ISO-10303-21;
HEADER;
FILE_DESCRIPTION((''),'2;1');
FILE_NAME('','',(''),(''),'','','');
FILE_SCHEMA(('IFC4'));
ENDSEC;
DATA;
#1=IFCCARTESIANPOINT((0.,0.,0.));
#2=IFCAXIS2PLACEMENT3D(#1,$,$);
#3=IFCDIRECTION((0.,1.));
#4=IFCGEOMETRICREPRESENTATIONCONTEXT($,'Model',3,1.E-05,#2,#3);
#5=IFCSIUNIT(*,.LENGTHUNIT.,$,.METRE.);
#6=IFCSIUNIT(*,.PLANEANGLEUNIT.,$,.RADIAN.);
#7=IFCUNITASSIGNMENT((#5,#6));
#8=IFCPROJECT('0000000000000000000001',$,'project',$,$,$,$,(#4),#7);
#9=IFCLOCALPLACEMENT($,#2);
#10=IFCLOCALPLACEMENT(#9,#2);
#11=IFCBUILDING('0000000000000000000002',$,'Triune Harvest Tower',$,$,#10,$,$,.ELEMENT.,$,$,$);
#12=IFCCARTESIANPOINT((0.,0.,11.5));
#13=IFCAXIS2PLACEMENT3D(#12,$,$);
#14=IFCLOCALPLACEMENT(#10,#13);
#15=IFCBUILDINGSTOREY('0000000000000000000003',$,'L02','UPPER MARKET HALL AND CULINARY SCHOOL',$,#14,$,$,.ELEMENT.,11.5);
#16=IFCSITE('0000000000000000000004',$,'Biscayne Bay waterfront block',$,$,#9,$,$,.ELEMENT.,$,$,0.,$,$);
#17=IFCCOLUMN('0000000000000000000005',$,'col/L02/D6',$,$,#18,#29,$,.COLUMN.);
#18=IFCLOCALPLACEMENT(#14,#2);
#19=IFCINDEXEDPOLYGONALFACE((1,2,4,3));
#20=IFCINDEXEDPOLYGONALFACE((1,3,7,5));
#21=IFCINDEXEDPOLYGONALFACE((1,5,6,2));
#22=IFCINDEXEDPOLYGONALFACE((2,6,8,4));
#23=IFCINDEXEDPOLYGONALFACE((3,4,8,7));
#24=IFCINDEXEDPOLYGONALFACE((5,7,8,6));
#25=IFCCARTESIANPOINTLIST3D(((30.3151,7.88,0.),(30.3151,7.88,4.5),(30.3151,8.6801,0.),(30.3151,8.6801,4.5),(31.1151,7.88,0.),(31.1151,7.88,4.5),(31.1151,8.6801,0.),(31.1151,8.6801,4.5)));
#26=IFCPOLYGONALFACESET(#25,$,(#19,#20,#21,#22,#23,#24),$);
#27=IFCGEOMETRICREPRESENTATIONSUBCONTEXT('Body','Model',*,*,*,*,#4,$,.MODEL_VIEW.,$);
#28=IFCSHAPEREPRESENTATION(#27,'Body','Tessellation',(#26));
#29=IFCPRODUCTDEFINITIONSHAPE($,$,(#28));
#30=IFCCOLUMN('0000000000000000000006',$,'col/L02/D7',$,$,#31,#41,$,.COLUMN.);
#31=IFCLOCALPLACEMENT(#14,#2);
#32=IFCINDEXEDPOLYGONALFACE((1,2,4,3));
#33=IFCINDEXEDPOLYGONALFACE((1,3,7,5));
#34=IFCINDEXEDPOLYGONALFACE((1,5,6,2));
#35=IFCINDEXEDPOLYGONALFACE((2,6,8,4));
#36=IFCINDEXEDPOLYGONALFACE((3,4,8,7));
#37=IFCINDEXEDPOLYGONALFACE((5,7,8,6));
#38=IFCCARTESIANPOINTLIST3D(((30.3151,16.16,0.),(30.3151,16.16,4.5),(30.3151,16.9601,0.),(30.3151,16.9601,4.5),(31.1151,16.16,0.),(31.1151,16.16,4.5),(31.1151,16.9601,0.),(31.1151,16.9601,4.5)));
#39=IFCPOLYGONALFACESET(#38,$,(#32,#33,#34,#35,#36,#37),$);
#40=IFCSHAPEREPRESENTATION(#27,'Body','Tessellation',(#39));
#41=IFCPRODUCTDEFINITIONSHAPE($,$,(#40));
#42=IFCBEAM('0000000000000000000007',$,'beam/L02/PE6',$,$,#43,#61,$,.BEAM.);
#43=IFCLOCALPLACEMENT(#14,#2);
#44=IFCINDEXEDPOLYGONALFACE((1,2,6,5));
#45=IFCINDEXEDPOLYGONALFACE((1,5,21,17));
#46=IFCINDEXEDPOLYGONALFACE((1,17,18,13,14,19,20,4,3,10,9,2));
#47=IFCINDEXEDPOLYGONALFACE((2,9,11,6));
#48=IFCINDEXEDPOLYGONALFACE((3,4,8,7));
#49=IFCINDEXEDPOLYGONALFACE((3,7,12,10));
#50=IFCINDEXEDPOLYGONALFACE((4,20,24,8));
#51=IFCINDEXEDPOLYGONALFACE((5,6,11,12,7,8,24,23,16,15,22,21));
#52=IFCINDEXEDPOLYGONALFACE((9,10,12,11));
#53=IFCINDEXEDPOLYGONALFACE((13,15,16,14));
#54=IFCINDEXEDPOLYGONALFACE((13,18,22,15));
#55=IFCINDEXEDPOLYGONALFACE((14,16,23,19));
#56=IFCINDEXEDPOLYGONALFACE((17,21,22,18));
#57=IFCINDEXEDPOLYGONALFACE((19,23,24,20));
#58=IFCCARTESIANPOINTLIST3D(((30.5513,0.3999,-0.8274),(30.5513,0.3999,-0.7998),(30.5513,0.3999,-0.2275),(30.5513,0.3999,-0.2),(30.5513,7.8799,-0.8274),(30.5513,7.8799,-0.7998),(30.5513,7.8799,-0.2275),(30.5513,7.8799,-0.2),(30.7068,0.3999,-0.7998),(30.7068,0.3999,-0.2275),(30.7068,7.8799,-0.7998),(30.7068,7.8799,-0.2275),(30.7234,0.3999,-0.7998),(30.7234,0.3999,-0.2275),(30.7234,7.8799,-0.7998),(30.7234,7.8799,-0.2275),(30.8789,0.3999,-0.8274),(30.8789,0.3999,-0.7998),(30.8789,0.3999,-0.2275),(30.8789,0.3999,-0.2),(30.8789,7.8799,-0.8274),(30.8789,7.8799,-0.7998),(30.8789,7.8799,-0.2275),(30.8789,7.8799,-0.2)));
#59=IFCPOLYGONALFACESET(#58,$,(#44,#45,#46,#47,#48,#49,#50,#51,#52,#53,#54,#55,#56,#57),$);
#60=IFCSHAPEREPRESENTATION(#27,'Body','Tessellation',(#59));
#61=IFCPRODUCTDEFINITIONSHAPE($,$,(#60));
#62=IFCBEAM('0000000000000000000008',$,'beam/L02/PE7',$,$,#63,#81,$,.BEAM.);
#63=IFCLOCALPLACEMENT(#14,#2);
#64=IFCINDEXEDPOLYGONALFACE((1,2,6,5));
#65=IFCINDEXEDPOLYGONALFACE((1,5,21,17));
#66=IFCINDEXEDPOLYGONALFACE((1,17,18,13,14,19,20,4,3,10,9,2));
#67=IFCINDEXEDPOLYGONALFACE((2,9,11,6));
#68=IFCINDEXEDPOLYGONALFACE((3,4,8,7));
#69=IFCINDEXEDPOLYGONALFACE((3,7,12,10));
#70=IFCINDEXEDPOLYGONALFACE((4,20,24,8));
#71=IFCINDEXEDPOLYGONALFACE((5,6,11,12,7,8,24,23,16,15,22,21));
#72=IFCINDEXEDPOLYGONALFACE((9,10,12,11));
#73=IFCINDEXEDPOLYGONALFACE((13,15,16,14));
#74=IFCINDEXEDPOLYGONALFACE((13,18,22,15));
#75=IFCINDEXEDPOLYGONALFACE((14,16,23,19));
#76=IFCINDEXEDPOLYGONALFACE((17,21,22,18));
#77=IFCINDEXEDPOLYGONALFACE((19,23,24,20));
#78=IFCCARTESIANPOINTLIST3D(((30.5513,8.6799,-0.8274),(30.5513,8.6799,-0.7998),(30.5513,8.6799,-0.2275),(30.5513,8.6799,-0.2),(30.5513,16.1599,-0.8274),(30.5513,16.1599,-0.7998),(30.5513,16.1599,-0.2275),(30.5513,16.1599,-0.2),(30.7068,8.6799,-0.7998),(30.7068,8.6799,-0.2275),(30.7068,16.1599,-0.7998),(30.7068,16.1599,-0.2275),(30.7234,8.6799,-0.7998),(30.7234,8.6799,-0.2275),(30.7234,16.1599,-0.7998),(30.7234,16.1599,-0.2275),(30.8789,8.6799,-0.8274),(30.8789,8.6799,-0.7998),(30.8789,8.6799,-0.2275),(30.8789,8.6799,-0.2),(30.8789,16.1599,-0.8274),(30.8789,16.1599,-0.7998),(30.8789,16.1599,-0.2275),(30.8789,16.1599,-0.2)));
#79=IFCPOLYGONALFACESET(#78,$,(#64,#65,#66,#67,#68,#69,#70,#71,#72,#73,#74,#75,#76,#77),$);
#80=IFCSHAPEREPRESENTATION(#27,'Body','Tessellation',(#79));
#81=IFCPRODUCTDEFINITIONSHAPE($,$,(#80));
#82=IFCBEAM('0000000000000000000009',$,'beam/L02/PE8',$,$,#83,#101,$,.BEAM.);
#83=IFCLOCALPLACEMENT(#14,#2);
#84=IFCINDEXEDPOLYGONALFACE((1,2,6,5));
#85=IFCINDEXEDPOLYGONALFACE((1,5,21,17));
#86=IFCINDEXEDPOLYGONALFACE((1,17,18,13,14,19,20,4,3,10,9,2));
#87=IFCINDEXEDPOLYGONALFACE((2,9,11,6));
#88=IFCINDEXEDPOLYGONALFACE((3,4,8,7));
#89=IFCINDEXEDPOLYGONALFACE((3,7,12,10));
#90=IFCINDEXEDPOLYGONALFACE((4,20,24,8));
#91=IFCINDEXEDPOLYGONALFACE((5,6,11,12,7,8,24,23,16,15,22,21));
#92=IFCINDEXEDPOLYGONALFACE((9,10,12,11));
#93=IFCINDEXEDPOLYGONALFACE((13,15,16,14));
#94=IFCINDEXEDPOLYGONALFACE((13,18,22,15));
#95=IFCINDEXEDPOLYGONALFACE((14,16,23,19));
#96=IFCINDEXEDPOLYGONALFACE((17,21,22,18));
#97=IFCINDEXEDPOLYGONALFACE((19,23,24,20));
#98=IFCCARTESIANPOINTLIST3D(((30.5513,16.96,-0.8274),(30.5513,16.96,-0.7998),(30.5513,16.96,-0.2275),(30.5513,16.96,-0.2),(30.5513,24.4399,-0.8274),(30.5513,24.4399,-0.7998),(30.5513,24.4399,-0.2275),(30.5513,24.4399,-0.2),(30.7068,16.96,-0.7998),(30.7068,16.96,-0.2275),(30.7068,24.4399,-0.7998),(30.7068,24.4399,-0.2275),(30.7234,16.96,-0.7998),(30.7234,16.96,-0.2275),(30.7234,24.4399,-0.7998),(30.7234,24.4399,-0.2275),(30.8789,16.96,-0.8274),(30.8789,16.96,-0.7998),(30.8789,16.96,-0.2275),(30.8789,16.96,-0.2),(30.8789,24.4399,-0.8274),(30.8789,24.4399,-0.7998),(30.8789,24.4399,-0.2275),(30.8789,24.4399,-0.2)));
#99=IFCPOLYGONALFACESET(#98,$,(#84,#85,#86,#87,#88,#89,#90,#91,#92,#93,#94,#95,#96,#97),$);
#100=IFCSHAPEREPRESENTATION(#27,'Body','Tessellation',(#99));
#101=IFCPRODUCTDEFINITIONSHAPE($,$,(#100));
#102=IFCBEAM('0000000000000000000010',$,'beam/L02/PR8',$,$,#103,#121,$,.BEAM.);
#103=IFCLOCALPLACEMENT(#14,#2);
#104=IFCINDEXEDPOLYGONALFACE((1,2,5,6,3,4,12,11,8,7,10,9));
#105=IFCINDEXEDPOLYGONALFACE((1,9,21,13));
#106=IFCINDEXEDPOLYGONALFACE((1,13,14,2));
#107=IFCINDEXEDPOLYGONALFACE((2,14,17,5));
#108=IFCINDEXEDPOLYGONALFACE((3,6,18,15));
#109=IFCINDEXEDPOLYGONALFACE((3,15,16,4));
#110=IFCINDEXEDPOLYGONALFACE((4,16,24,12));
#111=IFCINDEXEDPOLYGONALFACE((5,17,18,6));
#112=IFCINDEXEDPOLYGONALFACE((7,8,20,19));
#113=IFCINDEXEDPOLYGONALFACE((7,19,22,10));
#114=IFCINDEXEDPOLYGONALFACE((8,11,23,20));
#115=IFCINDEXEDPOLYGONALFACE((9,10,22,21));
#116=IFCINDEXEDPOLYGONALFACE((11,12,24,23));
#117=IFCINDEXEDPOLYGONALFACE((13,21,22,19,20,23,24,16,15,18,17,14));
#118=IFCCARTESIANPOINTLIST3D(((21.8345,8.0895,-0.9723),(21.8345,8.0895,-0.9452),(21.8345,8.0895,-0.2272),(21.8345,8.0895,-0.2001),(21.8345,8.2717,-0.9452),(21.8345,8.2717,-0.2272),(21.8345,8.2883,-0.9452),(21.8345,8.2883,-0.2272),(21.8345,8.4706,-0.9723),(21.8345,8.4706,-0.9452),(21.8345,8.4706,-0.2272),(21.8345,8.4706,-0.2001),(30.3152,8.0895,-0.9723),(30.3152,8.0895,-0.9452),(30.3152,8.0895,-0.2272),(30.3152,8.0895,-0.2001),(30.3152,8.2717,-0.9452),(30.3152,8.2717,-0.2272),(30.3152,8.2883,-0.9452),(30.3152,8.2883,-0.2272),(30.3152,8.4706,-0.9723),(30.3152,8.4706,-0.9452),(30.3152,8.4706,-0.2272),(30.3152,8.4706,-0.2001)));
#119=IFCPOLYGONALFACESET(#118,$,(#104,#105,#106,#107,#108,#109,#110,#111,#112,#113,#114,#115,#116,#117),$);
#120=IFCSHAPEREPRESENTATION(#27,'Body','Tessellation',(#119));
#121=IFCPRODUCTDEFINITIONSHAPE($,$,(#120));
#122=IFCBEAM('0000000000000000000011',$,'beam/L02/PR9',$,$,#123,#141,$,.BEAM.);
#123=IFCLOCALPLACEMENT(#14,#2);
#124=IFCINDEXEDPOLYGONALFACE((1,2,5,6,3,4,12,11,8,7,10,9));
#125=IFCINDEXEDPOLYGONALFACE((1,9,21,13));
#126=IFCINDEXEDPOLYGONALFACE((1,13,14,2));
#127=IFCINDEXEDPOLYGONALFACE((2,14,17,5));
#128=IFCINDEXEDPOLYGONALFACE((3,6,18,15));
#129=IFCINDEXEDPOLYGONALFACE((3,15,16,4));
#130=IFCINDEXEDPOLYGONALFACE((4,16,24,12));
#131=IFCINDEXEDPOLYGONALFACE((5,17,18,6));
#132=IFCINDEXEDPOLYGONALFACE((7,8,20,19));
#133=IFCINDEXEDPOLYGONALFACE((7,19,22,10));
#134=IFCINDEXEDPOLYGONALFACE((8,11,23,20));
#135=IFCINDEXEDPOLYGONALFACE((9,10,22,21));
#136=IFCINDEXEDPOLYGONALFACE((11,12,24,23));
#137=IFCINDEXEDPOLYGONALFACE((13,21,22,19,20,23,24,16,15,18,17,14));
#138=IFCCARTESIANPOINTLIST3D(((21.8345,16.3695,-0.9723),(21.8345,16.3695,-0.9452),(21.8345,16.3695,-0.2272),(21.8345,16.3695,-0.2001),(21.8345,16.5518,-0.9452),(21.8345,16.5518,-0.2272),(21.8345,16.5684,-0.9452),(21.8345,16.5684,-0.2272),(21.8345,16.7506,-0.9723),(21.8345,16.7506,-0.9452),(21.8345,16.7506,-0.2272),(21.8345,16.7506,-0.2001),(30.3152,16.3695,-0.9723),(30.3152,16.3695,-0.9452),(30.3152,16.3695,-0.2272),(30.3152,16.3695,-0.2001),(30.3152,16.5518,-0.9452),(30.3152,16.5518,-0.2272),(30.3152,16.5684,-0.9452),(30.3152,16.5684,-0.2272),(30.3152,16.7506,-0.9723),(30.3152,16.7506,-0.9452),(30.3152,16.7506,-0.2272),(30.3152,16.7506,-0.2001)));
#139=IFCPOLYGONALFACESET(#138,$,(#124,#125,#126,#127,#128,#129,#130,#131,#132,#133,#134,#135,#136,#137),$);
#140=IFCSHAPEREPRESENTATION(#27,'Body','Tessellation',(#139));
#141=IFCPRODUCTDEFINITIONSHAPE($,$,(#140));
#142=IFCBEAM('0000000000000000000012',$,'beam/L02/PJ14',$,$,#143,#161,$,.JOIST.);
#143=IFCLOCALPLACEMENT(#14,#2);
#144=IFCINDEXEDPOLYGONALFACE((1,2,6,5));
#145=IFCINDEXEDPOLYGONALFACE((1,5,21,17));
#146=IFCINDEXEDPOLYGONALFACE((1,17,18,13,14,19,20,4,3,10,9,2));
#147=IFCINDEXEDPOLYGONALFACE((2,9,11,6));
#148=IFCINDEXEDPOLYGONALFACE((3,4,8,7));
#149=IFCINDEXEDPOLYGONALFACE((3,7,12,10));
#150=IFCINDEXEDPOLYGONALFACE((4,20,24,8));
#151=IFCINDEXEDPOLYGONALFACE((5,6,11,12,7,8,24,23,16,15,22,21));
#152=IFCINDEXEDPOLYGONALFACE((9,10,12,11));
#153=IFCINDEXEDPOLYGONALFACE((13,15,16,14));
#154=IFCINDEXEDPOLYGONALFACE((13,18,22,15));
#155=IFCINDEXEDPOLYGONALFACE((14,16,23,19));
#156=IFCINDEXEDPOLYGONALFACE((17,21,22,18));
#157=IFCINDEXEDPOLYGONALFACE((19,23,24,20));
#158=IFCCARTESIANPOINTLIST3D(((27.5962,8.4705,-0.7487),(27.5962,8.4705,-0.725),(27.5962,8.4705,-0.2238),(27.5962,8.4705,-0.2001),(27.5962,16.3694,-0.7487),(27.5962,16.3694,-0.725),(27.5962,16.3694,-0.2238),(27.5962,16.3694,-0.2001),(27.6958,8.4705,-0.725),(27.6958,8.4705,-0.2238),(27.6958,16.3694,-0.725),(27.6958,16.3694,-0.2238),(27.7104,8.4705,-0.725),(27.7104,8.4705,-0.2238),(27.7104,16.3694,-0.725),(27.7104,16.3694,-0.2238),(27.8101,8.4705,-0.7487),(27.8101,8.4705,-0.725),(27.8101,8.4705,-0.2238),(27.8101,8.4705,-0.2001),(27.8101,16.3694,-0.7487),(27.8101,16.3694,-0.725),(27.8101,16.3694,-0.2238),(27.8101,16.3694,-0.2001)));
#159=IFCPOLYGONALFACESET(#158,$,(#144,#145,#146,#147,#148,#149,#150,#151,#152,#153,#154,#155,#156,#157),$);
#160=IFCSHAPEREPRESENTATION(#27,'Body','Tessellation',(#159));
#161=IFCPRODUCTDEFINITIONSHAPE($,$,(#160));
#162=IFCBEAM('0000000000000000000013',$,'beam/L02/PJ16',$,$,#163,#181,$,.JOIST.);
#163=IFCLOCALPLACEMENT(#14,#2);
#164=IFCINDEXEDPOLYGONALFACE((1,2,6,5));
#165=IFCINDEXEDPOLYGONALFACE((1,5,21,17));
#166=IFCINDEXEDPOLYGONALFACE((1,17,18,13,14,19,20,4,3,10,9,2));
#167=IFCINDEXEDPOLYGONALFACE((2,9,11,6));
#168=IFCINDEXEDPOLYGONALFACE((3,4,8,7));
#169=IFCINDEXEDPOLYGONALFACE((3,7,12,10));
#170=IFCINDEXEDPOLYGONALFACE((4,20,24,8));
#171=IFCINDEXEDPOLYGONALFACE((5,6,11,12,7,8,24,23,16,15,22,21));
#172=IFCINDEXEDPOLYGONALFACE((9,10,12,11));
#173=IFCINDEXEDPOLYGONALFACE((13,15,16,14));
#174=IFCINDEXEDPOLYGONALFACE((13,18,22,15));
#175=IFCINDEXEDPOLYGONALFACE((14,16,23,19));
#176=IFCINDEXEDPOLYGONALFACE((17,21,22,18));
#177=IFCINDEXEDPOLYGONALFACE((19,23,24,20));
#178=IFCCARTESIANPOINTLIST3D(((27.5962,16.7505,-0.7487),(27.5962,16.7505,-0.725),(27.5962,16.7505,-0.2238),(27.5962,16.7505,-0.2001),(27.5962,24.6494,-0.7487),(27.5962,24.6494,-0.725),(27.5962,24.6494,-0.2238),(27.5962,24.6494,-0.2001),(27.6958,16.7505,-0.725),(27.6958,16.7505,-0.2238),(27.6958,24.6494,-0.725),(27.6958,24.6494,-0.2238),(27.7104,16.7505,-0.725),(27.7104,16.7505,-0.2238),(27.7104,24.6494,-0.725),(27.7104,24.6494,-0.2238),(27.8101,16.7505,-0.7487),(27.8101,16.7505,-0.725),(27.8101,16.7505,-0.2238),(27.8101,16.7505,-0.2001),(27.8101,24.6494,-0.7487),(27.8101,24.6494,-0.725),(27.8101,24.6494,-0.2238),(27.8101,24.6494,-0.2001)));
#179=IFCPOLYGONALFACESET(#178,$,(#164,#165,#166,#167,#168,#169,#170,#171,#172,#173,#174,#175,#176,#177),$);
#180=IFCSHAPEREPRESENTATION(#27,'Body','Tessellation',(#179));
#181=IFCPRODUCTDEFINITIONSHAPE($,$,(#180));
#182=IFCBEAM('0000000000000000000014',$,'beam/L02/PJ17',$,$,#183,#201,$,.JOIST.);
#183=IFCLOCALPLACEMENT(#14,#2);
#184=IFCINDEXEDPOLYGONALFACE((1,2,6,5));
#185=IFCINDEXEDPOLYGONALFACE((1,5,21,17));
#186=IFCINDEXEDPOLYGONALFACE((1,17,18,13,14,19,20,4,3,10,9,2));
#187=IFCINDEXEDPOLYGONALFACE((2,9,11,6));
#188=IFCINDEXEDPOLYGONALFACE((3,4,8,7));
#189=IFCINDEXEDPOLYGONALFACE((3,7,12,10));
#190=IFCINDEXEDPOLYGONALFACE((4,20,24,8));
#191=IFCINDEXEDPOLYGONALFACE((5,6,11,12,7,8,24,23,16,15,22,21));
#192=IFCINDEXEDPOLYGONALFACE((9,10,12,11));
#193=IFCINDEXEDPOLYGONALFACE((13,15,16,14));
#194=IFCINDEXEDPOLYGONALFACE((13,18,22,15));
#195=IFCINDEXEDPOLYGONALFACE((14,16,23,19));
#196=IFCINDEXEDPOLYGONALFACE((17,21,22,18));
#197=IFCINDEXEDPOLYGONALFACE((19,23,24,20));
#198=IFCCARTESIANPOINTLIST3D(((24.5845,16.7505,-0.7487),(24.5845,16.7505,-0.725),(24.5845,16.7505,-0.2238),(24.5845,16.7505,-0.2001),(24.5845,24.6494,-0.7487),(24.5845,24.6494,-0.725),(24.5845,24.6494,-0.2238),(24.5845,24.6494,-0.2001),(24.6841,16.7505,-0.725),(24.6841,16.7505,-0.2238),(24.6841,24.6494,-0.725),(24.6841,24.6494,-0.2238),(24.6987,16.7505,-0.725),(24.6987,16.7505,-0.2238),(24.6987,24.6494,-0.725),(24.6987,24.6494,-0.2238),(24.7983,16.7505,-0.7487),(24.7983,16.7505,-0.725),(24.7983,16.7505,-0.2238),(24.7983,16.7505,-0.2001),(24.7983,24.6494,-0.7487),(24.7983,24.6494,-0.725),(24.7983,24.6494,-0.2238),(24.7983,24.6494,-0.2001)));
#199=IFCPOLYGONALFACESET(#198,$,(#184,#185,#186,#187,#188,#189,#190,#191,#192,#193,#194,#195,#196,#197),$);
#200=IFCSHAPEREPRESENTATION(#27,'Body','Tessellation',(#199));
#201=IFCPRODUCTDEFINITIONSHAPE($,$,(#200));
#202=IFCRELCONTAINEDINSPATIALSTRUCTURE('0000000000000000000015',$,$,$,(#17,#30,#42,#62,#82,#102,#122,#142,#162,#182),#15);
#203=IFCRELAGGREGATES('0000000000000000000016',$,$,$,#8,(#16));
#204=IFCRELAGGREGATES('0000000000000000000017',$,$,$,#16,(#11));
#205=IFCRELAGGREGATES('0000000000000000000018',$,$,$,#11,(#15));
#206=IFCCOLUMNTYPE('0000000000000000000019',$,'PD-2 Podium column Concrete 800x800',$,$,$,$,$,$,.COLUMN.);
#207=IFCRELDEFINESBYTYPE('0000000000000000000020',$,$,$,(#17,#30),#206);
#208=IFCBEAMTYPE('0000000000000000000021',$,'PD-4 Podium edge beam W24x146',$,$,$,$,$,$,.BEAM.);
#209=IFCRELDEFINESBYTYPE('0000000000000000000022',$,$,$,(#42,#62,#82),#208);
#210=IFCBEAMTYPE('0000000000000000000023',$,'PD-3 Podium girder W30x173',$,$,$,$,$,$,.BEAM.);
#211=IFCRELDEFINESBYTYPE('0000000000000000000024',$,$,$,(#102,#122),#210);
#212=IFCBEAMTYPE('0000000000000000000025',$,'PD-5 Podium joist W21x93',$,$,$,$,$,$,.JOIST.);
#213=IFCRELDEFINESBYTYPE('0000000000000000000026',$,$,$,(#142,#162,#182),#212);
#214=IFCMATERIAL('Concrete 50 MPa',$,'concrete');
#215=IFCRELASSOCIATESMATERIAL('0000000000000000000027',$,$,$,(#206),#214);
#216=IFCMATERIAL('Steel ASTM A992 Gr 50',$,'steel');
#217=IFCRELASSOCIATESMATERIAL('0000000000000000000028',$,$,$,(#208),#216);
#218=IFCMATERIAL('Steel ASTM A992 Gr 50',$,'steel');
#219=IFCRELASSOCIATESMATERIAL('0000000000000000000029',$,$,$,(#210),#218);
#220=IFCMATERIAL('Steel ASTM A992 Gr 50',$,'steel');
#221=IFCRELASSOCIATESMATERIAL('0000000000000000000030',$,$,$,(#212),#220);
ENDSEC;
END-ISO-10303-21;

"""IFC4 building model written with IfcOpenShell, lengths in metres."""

from ifc_helpers import new_model, si_unit, direction, frame, origin, origin_2d, place, context, subcontext, project, spatial, rectangle, i_section, extrude, source, transform, mapped, material, material_profile, profile_set, type_object, element, save


model = new_model("IFC4")

# Units and contexts
model_context = context("Model", 3, precision=1e-05, world=origin(), true_north=direction((0.0, 1.0)))
body_context = subcontext(model_context, "Body", "Model", "MODEL_VIEW")
ifc_project = project(units=[si_unit("LENGTHUNIT", "METRE"), si_unit("PLANEANGLEUNIT", "RADIAN")], contexts=[model_context])

# Site, building, storey
site_placement = place(None, origin())
site = spatial("IfcSite", under=ifc_project, at=site_placement, Name="Biscayne Bay waterfront block", CompositionType="ELEMENT", RefElevation=0.0)
building_placement = place(site_placement, origin())
building = spatial("IfcBuilding", under=site, at=building_placement, Name="Triune Harvest Tower", CompositionType="ELEMENT")
storey_placement = place(building_placement, frame((0.0, 0.0, 11.5)))
storey = spatial("IfcBuildingStorey", under=building, at=storey_placement, Name="L02", Description="UPPER MARKET HALL AND CULINARY SCHOOL", CompositionType="ELEMENT", Elevation=11.5)

# Columns
ifc_material_1 = material(Name="Concrete 50 MPa", Category="concrete")
ifc_material_profile_1 = material_profile(ifc_material_1, rectangle(XDim=0.8, YDim=0.8, at=origin_2d()), Name="Concrete 800x800")
ifc_profile_set_1 = profile_set([ifc_material_profile_1], Name="Concrete 50 MPa")
column_type = type_object("IfcColumnType", Name="PD-2 Podium column Concrete 800x800", PredefinedType="COLUMN", material=ifc_profile_set_1)
shared_shape_1 = source(origin(), body_context, "Body", "SweptSolid", [
    extrude(rectangle(XDim=0.8, YDim=0.8, at=origin_2d()), origin(), (0.0, 0.0, 1.0), 4.5),
])
for number, where, z_axis, x_axis, name in (
    (1, (30.7151, 8.28, 0.0), (0.0, 0.0, 1.0), (0.0, 1.0, 0.0), "col/L02/D6"),
    (2, (30.7151, 16.5601, 0.0), (0.0, 0.0, 1.0), (0.0, 1.0, 0.0), "col/L02/D7"),
):
    element("IfcColumn", number, at=place(storey_placement, frame(where, z_axis=z_axis, x_axis=x_axis)), inside=storey, type_object=column_type, Name=name, PredefinedType="COLUMN", context=body_context, shape_type="MappedRepresentation", body=[
        mapped(shared_shape_1, transform((0.0, 0.0, 0.0), scale=1.0)),
    ])

# Beams
ifc_material_2 = material(Name="Steel ASTM A992 Gr 50", Category="steel")
ifc_material_profile_2 = material_profile(ifc_material_2, i_section(OverallWidth=0.3276, OverallDepth=0.6274, WebThickness=0.0166, FlangeThickness=0.0276, at=origin_2d()), Name="W24x146")
ifc_profile_set_2 = profile_set([ifc_material_profile_2], Name="Steel ASTM A992 Gr 50")
beam_type_1 = type_object("IfcBeamType", Name="PD-4 Podium edge beam W24x146", PredefinedType="BEAM", material=ifc_profile_set_2)
shared_shape_2 = source(origin(), body_context, "Body", "SweptSolid", [
    extrude(i_section(OverallWidth=0.3276, OverallDepth=0.6274, WebThickness=0.0166, FlangeThickness=0.0276, at=origin_2d()), origin(), (0.0, 0.0, 1.0), 7.48),
])
for number, where, z_axis, x_axis, name in (
    (3, (30.7151, 0.3999, -0.5137), (0.0, 1.0, 0.0), (-1.0, 0.0, 0.0), "beam/L02/PE6"),
    (4, (30.7151, 8.6799, -0.5137), (0.0, 1.0, 0.0), (-1.0, 0.0, 0.0), "beam/L02/PE7"),
    (5, (30.7151, 16.96, -0.5137), (0.0, 1.0, 0.0), (-1.0, 0.0, 0.0), "beam/L02/PE8"),
):
    element("IfcBeam", number, at=place(storey_placement, frame(where, z_axis=z_axis, x_axis=x_axis)), inside=storey, type_object=beam_type_1, Name=name, PredefinedType="BEAM", context=body_context, shape_type="MappedRepresentation", body=[
        mapped(shared_shape_2, transform((0.0, 0.0, 0.0), scale=1.0)),
    ])
ifc_material_3 = material(Name="Steel ASTM A992 Gr 50", Category="steel")
ifc_material_profile_3 = material_profile(ifc_material_3, i_section(OverallWidth=0.3811, OverallDepth=0.7722, WebThickness=0.0166, FlangeThickness=0.0271, at=origin_2d()), Name="W30x173")
ifc_profile_set_3 = profile_set([ifc_material_profile_3], Name="Steel ASTM A992 Gr 50")
beam_type_2 = type_object("IfcBeamType", Name="PD-3 Podium girder W30x173", PredefinedType="BEAM", material=ifc_profile_set_3)
shared_shape_3 = source(origin(), body_context, "Body", "SweptSolid", [
    extrude(i_section(OverallWidth=0.3811, OverallDepth=0.7722, WebThickness=0.0166, FlangeThickness=0.0271, at=origin_2d()), origin(), (0.0, 0.0, 1.0), 8.4807),
])
for number, where, z_axis, x_axis, name in (
    (6, (30.3152, 8.28, -0.5862), (-1.0, 0.0, 0.0), (0.0, -1.0, 0.0), "beam/L02/PR8"),
    (7, (30.3152, 16.5601, -0.5862), (-1.0, 0.0, 0.0), (0.0, -1.0, 0.0), "beam/L02/PR9"),
):
    element("IfcBeam", number, at=place(storey_placement, frame(where, z_axis=z_axis, x_axis=x_axis)), inside=storey, type_object=beam_type_2, Name=name, PredefinedType="BEAM", context=body_context, shape_type="MappedRepresentation", body=[
        mapped(shared_shape_3, transform((0.0, 0.0, 0.0), scale=1.0)),
    ])
ifc_material_4 = material(Name="Steel ASTM A992 Gr 50", Category="steel")
ifc_material_profile_4 = material_profile(ifc_material_4, i_section(OverallWidth=0.2139, OverallDepth=0.5486, WebThickness=0.0146, FlangeThickness=0.0237, at=origin_2d()), Name="W21x93")
ifc_profile_set_4 = profile_set([ifc_material_profile_4], Name="Steel ASTM A992 Gr 50")
beam_type_3 = type_object("IfcBeamType", Name="PD-5 Podium joist W21x93", PredefinedType="JOIST", material=ifc_profile_set_4)
shared_shape_4 = source(origin(), body_context, "Body", "SweptSolid", [
    extrude(i_section(OverallWidth=0.2139, OverallDepth=0.5486, WebThickness=0.0146, FlangeThickness=0.0237, at=origin_2d()), origin(), (0.0, 0.0, 1.0), 7.8989),
])
for number, where, z_axis, x_axis, name in (
    (8, (27.7031, 8.4705, -0.4744), (0.0, 1.0, 0.0), (-1.0, 0.0, 0.0), "beam/L02/PJ14"),
    (9, (27.7031, 16.7505, -0.4744), (0.0, 1.0, 0.0), (-1.0, 0.0, 0.0), "beam/L02/PJ16"),
    (10, (24.6914, 16.7505, -0.4744), (0.0, 1.0, 0.0), (-1.0, 0.0, 0.0), "beam/L02/PJ17"),
):
    element("IfcBeam", number, at=place(storey_placement, frame(where, z_axis=z_axis, x_axis=x_axis)), inside=storey, type_object=beam_type_3, Name=name, PredefinedType="JOIST", context=body_context, shape_type="MappedRepresentation", body=[
        mapped(shared_shape_4, transform((0.0, 0.0, 0.0), scale=1.0)),
    ])

save(model, "model.ifc")
